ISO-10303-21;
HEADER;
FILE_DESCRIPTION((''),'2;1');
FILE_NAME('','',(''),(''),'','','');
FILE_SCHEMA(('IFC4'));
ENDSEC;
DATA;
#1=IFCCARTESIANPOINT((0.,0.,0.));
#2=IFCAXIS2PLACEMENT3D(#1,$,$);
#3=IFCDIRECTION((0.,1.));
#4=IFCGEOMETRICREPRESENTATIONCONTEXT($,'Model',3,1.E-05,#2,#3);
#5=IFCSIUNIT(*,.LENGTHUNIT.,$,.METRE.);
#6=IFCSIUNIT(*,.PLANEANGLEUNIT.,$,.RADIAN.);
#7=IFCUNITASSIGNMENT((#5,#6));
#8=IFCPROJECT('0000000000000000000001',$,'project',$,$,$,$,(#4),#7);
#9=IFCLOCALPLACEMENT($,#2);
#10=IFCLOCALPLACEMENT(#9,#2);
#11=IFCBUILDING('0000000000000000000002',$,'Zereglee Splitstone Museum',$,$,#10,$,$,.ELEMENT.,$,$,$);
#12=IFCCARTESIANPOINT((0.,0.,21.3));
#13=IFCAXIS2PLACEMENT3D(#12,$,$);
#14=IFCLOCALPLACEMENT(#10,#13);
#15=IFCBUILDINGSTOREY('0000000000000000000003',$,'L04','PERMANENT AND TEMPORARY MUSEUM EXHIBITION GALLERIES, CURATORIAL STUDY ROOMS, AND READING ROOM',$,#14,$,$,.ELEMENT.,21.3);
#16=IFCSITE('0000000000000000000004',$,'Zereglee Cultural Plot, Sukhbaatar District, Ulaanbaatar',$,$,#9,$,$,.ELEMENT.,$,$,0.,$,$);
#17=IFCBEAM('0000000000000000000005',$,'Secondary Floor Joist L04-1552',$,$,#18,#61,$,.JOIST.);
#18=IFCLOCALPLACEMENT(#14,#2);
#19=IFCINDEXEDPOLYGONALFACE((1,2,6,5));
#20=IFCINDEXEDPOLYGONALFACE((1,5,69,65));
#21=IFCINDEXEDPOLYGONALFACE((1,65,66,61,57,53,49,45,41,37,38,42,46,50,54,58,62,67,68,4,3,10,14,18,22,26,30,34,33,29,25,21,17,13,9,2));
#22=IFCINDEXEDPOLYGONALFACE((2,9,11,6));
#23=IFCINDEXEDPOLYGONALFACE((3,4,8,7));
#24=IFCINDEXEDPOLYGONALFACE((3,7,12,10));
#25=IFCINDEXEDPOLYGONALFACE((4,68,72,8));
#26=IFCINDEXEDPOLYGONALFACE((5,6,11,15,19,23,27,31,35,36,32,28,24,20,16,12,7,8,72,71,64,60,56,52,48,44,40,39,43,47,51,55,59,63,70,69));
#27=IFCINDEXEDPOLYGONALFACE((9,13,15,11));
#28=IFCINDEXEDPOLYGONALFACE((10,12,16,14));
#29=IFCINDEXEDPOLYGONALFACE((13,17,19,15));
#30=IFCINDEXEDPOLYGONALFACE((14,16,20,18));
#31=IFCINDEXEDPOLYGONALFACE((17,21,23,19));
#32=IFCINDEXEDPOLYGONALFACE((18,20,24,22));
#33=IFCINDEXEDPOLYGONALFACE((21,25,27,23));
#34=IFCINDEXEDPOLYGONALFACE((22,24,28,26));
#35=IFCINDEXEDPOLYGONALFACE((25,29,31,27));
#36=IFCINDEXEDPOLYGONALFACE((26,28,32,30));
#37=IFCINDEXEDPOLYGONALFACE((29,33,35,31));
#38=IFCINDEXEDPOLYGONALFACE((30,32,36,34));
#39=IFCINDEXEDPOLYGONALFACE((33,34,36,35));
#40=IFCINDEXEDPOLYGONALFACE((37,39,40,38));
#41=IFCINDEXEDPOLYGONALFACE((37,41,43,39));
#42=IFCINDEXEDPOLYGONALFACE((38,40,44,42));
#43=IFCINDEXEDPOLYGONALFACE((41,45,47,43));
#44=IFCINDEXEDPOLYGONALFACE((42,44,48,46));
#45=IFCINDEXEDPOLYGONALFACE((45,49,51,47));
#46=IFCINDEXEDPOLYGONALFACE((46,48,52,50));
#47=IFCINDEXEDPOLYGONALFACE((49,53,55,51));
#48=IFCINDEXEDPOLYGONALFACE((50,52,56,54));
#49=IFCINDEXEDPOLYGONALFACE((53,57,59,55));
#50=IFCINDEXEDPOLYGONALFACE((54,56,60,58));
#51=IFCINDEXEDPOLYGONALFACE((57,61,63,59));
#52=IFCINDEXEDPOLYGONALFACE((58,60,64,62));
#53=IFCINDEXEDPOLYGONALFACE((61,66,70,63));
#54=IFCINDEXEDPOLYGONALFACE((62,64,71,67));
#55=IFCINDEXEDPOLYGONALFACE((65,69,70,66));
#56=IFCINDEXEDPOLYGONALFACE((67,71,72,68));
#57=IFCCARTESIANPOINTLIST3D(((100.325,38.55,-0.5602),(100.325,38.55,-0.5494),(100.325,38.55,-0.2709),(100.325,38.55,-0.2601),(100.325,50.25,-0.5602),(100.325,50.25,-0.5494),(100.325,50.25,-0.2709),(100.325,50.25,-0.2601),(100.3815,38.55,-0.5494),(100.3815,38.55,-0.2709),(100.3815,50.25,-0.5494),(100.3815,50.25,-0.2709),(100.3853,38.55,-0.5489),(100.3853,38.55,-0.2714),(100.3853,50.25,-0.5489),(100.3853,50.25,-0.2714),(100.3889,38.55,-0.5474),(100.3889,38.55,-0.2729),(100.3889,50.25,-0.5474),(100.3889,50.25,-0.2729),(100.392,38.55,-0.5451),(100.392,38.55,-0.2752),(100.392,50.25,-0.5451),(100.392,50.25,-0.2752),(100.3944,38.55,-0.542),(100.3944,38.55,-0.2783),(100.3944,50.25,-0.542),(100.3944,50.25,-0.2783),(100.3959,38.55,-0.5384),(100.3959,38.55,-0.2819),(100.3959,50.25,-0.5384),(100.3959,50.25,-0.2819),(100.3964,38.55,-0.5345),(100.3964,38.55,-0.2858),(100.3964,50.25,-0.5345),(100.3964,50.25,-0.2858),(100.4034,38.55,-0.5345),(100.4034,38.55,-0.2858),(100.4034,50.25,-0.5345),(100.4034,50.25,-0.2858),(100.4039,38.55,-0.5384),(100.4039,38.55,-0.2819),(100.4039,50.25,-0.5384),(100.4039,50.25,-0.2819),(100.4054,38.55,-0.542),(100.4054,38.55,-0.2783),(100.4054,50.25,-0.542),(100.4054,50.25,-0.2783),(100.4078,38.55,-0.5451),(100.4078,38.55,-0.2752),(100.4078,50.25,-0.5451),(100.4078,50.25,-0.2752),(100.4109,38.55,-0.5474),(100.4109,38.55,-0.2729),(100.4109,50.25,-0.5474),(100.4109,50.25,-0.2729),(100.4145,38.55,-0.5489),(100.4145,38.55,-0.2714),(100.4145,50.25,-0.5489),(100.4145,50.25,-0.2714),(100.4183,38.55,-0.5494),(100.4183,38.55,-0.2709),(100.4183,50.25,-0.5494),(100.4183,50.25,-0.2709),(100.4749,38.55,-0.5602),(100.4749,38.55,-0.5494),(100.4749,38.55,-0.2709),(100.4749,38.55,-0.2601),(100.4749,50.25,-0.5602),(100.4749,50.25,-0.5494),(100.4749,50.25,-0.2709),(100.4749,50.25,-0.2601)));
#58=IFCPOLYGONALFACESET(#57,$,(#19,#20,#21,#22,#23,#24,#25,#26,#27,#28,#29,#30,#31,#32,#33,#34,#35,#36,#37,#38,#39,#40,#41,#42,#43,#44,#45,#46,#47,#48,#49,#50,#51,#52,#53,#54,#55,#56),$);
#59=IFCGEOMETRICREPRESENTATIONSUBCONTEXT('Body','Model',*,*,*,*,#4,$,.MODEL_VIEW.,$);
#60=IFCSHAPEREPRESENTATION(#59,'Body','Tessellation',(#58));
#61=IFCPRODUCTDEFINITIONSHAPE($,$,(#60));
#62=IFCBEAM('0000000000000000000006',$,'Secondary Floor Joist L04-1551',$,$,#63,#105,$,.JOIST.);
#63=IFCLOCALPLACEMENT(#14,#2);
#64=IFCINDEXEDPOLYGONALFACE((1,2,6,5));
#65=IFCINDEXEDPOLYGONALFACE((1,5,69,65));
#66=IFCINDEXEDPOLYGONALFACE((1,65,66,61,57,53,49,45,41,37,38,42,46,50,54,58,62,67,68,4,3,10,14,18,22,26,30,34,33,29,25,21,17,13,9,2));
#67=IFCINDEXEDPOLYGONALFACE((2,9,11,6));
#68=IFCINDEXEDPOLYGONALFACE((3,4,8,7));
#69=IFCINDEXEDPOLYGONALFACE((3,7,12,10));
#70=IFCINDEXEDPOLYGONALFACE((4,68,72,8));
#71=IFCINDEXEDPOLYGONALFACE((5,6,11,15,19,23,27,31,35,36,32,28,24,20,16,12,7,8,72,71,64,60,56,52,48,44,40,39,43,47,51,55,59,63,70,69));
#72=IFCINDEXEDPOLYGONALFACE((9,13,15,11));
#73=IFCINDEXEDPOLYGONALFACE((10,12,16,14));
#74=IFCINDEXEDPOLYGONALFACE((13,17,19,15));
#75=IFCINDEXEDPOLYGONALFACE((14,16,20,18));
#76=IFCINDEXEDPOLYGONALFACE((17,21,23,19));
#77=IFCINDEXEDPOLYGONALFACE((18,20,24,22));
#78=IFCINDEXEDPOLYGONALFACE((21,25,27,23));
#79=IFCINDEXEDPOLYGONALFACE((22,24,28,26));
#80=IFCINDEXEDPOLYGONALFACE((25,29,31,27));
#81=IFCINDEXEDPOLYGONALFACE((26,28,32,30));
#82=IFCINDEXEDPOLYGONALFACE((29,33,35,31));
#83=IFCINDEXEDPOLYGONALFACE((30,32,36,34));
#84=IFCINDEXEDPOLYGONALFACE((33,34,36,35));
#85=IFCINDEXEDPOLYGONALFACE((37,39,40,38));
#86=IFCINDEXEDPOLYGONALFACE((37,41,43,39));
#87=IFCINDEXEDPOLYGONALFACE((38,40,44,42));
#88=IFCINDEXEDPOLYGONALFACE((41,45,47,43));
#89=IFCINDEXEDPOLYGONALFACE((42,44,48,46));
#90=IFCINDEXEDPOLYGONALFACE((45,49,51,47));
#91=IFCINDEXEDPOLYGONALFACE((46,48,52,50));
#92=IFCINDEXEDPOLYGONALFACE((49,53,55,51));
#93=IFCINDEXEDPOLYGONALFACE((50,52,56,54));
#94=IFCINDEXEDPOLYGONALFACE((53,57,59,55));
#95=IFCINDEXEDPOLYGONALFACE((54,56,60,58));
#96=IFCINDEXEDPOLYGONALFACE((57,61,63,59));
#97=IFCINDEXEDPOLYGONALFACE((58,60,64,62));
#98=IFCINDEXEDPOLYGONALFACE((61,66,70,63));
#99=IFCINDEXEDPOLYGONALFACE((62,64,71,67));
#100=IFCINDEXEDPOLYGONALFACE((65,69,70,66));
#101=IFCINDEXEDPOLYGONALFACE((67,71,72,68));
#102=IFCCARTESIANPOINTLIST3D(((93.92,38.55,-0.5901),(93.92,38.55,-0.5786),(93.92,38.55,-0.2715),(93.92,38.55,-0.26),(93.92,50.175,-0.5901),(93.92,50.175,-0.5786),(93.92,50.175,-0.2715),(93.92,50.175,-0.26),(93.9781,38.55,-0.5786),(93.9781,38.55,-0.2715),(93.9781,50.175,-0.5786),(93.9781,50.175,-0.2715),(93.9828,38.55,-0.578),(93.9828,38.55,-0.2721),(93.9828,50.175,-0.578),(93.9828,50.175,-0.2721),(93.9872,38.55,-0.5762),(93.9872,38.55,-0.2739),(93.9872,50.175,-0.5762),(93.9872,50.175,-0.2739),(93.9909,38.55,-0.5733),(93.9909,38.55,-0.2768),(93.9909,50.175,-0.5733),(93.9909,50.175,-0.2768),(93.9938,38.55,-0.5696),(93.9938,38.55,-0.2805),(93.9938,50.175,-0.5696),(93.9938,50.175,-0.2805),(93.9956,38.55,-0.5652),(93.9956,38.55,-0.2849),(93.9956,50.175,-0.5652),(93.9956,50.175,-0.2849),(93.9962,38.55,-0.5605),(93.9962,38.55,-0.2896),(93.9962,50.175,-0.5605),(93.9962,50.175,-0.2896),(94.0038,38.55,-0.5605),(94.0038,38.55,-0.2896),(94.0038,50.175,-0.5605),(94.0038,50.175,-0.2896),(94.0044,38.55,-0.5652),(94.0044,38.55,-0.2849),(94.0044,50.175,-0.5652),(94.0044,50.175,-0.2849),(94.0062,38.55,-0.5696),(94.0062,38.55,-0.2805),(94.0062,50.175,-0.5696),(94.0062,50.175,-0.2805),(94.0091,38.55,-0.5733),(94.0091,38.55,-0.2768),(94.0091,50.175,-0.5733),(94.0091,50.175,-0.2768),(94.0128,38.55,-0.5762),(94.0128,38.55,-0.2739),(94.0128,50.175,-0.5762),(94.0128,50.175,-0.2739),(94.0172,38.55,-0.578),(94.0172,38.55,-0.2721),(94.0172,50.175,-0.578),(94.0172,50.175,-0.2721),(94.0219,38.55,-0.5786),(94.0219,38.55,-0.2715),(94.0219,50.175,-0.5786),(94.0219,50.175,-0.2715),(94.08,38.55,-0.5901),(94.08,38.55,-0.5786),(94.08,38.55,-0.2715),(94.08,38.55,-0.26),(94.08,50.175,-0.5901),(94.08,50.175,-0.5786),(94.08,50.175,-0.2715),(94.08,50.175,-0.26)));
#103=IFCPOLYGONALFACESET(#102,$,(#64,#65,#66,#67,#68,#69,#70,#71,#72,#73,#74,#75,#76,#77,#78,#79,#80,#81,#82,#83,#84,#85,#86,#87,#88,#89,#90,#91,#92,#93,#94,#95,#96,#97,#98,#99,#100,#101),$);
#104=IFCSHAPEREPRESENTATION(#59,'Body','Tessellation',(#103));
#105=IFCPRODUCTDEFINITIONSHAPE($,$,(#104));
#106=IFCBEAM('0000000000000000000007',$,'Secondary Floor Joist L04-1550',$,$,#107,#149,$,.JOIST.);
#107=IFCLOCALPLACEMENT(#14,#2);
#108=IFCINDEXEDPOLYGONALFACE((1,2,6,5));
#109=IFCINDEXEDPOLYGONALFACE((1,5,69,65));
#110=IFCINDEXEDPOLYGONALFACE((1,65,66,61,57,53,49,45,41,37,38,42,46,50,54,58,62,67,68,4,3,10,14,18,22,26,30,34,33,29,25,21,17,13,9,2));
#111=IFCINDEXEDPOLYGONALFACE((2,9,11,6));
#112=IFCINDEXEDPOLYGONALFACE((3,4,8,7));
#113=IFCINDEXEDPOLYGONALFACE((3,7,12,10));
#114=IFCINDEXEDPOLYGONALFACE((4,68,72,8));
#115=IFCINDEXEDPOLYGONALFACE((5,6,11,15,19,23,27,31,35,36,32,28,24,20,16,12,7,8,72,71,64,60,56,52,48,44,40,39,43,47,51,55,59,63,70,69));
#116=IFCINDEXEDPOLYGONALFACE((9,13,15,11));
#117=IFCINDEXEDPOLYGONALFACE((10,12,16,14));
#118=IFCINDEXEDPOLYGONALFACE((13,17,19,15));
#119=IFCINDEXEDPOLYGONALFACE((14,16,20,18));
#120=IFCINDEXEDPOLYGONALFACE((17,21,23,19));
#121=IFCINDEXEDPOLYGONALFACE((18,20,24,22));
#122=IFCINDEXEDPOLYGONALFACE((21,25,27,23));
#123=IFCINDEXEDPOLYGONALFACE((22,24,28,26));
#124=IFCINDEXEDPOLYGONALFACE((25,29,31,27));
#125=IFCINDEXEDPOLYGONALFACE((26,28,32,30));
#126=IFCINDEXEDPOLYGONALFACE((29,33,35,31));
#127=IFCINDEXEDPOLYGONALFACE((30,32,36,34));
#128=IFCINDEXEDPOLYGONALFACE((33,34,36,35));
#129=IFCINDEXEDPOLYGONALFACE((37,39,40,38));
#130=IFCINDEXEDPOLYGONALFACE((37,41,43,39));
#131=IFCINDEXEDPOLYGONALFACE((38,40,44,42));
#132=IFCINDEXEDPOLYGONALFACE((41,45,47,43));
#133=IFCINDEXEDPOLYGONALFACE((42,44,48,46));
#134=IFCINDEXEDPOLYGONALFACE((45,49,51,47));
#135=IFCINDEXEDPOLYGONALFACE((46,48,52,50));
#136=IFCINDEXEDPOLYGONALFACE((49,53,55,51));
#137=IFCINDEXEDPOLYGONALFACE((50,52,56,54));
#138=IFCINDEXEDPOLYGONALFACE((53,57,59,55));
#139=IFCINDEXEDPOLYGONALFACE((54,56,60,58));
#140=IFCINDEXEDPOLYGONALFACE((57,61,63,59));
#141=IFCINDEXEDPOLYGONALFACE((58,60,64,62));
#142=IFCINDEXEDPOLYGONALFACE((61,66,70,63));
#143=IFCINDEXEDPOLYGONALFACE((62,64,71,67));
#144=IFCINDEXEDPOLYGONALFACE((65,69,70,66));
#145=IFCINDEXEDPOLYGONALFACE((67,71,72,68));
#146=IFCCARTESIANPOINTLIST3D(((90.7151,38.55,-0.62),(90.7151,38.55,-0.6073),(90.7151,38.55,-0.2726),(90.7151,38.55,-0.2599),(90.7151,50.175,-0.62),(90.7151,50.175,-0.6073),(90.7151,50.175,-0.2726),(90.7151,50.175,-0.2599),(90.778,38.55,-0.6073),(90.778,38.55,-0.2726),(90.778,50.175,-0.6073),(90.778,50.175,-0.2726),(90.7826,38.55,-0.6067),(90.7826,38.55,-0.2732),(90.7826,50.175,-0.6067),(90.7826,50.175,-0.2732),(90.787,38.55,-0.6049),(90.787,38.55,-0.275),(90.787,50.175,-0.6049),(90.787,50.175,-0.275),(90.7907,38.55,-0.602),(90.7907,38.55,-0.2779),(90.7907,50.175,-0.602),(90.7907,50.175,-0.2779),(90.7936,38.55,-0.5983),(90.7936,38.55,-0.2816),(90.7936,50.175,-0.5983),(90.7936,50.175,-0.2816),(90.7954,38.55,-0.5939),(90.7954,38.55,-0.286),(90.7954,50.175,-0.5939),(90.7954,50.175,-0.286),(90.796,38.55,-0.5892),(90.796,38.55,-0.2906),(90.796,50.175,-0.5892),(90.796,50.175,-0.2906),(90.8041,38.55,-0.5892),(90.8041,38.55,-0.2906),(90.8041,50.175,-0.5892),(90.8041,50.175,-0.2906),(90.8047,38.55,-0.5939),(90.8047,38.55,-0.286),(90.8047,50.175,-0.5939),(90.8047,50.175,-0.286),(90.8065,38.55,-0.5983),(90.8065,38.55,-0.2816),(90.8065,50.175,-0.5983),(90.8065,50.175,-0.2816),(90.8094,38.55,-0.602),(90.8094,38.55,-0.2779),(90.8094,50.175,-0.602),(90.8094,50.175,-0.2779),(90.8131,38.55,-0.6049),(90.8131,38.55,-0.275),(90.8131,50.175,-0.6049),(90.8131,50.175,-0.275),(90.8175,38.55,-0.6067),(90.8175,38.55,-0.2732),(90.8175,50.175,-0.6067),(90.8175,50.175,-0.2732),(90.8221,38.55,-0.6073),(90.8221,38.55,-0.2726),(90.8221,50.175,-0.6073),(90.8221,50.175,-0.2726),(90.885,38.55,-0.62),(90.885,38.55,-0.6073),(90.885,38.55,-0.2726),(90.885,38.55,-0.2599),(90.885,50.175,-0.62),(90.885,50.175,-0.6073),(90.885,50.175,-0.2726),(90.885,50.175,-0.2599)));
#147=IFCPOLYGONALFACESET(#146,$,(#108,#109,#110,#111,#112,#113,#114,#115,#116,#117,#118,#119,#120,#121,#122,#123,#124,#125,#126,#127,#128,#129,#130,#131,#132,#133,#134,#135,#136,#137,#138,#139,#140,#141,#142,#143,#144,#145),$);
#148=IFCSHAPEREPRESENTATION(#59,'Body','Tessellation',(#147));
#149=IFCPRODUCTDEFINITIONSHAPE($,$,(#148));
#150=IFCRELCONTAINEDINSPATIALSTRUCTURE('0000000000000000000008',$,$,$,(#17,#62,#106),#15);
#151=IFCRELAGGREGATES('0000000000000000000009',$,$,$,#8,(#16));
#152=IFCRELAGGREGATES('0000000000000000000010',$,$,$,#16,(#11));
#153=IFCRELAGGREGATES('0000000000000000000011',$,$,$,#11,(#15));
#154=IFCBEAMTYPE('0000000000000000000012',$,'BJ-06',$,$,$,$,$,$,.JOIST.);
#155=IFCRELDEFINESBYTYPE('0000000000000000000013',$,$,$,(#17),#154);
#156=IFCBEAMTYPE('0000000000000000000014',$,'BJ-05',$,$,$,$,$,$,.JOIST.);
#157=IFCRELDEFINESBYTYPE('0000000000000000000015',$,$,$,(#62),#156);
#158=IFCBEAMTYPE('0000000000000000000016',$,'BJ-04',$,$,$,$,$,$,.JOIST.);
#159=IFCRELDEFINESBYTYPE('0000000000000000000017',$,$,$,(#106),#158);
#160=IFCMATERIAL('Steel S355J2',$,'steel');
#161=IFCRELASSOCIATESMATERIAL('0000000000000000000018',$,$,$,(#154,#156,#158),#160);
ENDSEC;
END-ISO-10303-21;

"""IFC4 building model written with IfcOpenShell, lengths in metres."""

from ifc_helpers import new_model, si_unit, direction, frame, origin, origin_2d, place, context, subcontext, project, spatial, i_section, extrude, material, material_profile, profile_set, type_object, element, save


model = new_model("IFC4")

# Units and contexts
model_context = context("Model", 3, precision=1e-05, world=origin(), true_north=direction((0.0, 1.0)))
body_context = subcontext(model_context, "Body", "Model", "MODEL_VIEW")
ifc_project = project(units=[si_unit("LENGTHUNIT", "METRE"), si_unit("PLANEANGLEUNIT", "RADIAN")], contexts=[model_context])

# Site, building, storey
site_placement = place(None, origin())
site = spatial("IfcSite", under=ifc_project, at=site_placement, Name="Zereglee Cultural Plot, Sukhbaatar District, Ulaanbaatar", CompositionType="ELEMENT", RefElevation=0.0)
building_placement = place(site_placement, origin())
building = spatial("IfcBuilding", under=site, at=building_placement, Name="Zereglee Splitstone Museum", CompositionType="ELEMENT")
storey_placement = place(building_placement, frame((0.0, 0.0, 21.3)))
storey = spatial("IfcBuildingStorey", under=building, at=storey_placement, Name="L04", Description="PERMANENT AND TEMPORARY MUSEUM EXHIBITION GALLERIES, CURATORIAL STUDY ROOMS, AND READING ROOM", CompositionType="ELEMENT", Elevation=21.3)

# Shared definitions
ifc_material_1 = material(Name="Steel S355J2", Category="steel")

# Beams
ifc_material_profile_1 = material_profile(ifc_material_1, i_section(OverallWidth=0.1499, OverallDepth=0.3, WebThickness=0.0071, FlangeThickness=0.0107, FilletRadius=0.0149, at=origin_2d()), Name="IPE 300")
ifc_profile_set_1 = profile_set([ifc_material_profile_1], Name="Steel S355J2")
beam_type_1 = type_object("IfcBeamType", Name="BJ-06", PredefinedType="JOIST", material=ifc_profile_set_1)
beam_1_placement = place(storey_placement, frame((100.3999, 38.55, -0.4102), z_axis=(0.0, 1.0, 0.0), x_axis=(-1.0, 0.0, 0.0)))
element("IfcBeam", 1, at=beam_1_placement, inside=storey, type_object=beam_type_1, Name="Secondary Floor Joist L04-1552", PredefinedType="JOIST", context=body_context, shape_type="SweptSolid", body=[
    extrude(i_section(OverallWidth=0.1499, OverallDepth=0.3, WebThickness=0.0071, FlangeThickness=0.0107, FilletRadius=0.0149, at=origin_2d()), origin(), (0.0, 0.0, 1.0), 11.7),
])
ifc_material_profile_2 = material_profile(ifc_material_1, i_section(OverallWidth=0.1599, OverallDepth=0.3301, WebThickness=0.0076, FlangeThickness=0.0115, FilletRadius=0.0181, at=origin_2d()), Name="IPE 330")
ifc_profile_set_2 = profile_set([ifc_material_profile_2], Name="Steel S355J2")
beam_type_2 = type_object("IfcBeamType", Name="BJ-05", PredefinedType="JOIST", material=ifc_profile_set_2)
beam_2_placement = place(storey_placement, frame((94.0, 38.55, -0.425), z_axis=(0.0, 1.0, 0.0), x_axis=(-1.0, 0.0, 0.0)))
element("IfcBeam", 2, at=beam_2_placement, inside=storey, type_object=beam_type_2, Name="Secondary Floor Joist L04-1551", PredefinedType="JOIST", context=body_context, shape_type="SweptSolid", body=[
    extrude(i_section(OverallWidth=0.1599, OverallDepth=0.3301, WebThickness=0.0076, FlangeThickness=0.0115, FilletRadius=0.0181, at=origin_2d()), origin(), (0.0, 0.0, 1.0), 11.625),
])
ifc_material_profile_3 = material_profile(ifc_material_1, i_section(OverallWidth=0.1699, OverallDepth=0.3601, WebThickness=0.0081, FlangeThickness=0.0127, FilletRadius=0.0181, at=origin_2d()), Name="IPE 360")
ifc_profile_set_3 = profile_set([ifc_material_profile_3], Name="Steel S355J2")
beam_type_3 = type_object("IfcBeamType", Name="BJ-04", PredefinedType="JOIST", material=ifc_profile_set_3)
beam_3_placement = place(storey_placement, frame((90.8, 38.55, -0.4399), z_axis=(0.0, 1.0, 0.0), x_axis=(-1.0, 0.0, 0.0)))
element("IfcBeam", 3, at=beam_3_placement, inside=storey, type_object=beam_type_3, Name="Secondary Floor Joist L04-1550", PredefinedType="JOIST", context=body_context, shape_type="SweptSolid", body=[
    extrude(i_section(OverallWidth=0.1699, OverallDepth=0.3601, WebThickness=0.0081, FlangeThickness=0.0127, FilletRadius=0.0181, at=origin_2d()), origin(), (0.0, 0.0, 1.0), 11.625),
])

save(model, "model.ifc")
